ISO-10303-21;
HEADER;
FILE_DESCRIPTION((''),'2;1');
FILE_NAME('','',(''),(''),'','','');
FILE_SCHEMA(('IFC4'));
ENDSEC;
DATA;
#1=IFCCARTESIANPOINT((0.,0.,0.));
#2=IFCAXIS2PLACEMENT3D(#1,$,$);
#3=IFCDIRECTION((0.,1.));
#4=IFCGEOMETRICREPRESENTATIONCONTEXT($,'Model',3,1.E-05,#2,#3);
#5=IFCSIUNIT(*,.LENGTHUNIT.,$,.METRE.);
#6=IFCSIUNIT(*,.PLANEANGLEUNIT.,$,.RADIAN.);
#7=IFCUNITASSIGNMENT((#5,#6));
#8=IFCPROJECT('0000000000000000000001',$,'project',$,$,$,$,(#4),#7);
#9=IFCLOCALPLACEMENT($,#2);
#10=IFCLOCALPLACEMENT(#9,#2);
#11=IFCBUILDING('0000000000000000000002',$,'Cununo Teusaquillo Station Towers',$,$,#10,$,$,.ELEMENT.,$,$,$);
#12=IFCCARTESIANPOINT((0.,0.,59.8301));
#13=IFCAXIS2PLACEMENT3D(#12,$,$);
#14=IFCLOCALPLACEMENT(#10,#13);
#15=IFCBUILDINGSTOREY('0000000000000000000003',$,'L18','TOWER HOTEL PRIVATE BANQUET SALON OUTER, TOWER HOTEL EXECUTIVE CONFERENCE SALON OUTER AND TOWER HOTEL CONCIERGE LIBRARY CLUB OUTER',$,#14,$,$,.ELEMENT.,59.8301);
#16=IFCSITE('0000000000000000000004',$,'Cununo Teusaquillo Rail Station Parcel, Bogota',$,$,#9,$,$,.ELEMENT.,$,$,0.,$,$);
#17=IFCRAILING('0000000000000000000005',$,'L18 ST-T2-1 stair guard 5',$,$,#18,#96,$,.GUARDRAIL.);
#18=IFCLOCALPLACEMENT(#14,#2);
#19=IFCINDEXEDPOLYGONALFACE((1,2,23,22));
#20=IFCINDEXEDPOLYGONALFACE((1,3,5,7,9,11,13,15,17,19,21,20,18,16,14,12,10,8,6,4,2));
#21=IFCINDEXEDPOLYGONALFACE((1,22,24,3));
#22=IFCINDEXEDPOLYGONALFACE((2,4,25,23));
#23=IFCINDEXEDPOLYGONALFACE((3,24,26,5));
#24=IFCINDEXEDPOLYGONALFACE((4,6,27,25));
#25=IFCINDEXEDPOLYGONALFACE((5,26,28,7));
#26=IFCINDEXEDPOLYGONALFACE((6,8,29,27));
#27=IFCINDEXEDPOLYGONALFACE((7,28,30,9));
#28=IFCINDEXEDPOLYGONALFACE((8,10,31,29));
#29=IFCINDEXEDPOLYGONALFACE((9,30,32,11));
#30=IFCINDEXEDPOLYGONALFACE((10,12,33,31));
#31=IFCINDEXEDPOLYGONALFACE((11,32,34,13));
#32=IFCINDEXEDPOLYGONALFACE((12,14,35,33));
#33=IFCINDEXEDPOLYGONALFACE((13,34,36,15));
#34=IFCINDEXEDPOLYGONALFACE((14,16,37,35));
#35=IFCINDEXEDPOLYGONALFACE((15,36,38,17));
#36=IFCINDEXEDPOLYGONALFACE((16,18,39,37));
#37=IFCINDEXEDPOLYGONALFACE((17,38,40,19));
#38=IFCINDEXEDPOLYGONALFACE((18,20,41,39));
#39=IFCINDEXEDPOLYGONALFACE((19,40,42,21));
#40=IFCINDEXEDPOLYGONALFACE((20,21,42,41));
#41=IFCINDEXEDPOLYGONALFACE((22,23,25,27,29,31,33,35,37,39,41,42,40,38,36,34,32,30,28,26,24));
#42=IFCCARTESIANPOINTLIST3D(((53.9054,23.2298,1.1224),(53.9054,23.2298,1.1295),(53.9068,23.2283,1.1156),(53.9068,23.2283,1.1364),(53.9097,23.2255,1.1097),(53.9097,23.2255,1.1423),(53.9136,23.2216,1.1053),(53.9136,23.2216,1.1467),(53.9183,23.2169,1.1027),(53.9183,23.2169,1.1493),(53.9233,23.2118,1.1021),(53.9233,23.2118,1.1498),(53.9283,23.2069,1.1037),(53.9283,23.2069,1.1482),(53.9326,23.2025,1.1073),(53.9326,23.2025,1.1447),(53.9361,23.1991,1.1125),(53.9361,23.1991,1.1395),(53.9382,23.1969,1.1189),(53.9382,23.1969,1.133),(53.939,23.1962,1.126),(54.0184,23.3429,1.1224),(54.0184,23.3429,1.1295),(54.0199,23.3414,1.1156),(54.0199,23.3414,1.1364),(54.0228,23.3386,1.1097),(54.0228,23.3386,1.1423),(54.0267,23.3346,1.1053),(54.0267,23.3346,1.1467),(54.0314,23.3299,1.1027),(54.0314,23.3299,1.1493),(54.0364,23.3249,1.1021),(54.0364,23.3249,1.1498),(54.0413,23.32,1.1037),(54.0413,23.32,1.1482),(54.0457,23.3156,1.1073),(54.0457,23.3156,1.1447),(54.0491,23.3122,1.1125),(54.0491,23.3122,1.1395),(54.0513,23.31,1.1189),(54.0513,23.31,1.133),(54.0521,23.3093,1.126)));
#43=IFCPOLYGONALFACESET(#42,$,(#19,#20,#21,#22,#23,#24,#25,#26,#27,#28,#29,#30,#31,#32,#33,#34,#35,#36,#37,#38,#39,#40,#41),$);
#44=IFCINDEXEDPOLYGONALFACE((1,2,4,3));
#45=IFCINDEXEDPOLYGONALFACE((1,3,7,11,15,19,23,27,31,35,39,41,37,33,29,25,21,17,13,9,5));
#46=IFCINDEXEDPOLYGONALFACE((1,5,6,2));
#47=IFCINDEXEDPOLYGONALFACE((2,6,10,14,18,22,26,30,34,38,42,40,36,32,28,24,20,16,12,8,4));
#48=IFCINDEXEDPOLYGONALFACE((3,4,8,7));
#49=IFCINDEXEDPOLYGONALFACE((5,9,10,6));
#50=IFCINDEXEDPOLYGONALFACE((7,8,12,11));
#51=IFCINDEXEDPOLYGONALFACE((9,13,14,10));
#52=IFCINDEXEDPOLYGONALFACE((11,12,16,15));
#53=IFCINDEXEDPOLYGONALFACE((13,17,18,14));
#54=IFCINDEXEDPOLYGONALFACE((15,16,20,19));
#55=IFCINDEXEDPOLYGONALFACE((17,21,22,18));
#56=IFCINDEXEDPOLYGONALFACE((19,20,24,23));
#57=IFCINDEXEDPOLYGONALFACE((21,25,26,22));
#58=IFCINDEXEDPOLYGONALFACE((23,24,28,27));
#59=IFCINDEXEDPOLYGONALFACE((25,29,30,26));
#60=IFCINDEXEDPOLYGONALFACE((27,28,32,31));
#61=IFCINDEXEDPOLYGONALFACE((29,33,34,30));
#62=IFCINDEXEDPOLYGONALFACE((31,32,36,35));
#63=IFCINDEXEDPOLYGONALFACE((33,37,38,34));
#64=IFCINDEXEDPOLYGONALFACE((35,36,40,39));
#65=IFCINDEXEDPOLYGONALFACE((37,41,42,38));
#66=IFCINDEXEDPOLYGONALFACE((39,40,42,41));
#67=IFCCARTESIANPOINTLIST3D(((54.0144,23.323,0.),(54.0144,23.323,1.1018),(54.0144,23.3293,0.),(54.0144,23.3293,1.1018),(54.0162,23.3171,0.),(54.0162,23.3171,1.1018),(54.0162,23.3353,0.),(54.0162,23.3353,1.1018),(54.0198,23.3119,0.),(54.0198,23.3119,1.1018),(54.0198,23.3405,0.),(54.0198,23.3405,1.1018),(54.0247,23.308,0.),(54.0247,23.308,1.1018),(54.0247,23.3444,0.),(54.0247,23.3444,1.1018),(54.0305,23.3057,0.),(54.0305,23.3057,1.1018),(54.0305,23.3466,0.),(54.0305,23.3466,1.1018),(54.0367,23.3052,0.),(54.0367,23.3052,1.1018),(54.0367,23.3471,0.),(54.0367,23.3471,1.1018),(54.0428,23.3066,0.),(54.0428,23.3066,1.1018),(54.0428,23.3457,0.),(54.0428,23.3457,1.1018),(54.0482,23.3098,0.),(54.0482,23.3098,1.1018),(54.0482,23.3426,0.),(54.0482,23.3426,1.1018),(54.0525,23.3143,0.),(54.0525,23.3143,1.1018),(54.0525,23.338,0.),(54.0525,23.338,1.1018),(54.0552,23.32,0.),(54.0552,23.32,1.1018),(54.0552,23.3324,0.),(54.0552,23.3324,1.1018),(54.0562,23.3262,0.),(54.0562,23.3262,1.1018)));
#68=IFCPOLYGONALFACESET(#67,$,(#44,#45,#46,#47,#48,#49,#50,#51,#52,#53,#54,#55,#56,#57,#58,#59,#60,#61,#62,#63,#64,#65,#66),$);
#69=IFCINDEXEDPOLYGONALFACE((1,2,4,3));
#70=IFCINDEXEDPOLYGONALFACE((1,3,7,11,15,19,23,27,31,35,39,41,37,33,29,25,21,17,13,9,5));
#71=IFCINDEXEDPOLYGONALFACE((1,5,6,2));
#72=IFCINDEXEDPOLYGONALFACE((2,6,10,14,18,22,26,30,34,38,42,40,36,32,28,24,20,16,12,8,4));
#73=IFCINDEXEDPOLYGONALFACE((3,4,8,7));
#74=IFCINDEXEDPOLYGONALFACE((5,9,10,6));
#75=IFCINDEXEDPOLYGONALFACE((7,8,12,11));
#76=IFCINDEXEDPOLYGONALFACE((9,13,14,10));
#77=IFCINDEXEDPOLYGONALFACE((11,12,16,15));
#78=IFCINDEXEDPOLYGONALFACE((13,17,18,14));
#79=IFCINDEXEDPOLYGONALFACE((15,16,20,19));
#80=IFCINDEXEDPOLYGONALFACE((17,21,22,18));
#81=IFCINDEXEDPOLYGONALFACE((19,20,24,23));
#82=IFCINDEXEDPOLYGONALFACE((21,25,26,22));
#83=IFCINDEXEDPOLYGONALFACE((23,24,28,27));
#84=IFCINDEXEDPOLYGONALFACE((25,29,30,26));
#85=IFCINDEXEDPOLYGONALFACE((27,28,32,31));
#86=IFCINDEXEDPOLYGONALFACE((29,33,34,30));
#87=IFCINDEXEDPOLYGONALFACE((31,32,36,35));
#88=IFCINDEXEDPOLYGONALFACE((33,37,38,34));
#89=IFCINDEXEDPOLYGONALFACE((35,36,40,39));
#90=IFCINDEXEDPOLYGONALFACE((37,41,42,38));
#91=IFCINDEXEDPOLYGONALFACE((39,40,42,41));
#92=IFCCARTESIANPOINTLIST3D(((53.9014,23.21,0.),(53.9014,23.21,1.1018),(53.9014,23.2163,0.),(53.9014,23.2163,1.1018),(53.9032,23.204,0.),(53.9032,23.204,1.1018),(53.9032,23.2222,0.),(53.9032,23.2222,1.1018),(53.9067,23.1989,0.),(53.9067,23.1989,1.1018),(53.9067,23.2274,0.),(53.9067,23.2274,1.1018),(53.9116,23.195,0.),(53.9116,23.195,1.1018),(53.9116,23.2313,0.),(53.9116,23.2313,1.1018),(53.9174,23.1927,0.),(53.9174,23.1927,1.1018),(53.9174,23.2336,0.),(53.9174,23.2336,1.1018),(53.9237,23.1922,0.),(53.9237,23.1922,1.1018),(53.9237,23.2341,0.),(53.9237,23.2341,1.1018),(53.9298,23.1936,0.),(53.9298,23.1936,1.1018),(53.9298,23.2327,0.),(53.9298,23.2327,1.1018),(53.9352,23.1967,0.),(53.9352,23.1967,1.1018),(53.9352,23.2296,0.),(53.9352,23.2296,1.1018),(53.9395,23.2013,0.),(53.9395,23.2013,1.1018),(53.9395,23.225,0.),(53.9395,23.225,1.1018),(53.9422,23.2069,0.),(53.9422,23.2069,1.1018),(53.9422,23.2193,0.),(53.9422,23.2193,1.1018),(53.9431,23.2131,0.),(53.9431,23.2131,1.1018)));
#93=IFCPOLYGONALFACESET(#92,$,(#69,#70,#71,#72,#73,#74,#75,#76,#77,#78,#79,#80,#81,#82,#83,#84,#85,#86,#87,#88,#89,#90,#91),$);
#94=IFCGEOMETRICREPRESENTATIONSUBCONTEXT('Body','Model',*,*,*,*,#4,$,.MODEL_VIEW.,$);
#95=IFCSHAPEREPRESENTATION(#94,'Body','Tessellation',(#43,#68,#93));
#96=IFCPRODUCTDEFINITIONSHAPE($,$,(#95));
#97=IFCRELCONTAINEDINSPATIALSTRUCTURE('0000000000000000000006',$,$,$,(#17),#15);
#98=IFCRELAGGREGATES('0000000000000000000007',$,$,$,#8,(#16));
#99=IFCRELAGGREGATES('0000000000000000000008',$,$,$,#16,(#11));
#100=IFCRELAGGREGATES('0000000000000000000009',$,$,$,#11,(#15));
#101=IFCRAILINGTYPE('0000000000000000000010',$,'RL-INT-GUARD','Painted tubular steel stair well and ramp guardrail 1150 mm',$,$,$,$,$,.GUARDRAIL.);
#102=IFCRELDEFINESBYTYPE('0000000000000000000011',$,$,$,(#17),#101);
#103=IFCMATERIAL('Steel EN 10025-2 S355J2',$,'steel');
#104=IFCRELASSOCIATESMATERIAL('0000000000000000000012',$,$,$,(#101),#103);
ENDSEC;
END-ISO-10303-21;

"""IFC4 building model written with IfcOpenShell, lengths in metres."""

from ifc_helpers import new_model, si_unit, direction, frame, origin, origin_2d, place, context, subcontext, project, spatial, circle, extrude, material, type_object, element, save


model = new_model("IFC4")

# Units and contexts
model_context = context("Model", 3, precision=1e-05, world=origin(), true_north=direction((0.0, 1.0)))
body_context = subcontext(model_context, "Body", "Model", "MODEL_VIEW")
ifc_project = project(units=[si_unit("LENGTHUNIT", "METRE"), si_unit("PLANEANGLEUNIT", "RADIAN")], contexts=[model_context])

# Site, building, storey
site_placement = place(None, origin())
site = spatial("IfcSite", under=ifc_project, at=site_placement, Name="Cununo Teusaquillo Rail Station Parcel, Bogota", CompositionType="ELEMENT", RefElevation=0.0)
building_placement = place(site_placement, origin())
building = spatial("IfcBuilding", under=site, at=building_placement, Name="Cununo Teusaquillo Station Towers", CompositionType="ELEMENT")
storey_placement = place(building_placement, frame((0.0, 0.0, 59.8301)))
storey = spatial("IfcBuildingStorey", under=building, at=storey_placement, Name="L18", Description="TOWER HOTEL PRIVATE BANQUET SALON OUTER, TOWER HOTEL EXECUTIVE CONFERENCE SALON OUTER AND TOWER HOTEL CONCIERGE LIBRARY CLUB OUTER", CompositionType="ELEMENT", Elevation=59.8301)

# Railing
ifc_material_1 = material(Name="Steel EN 10025-2 S355J2", Category="steel")
railing_type_1 = type_object("IfcRailingType", Name="RL-INT-GUARD", Description="Painted tubular steel stair well and ramp guardrail 1150 mm", PredefinedType="GUARDRAIL", material=ifc_material_1)
railing_1_placement = place(storey_placement, frame((54.0352, 23.3262, 0.0)))
element("IfcRailing", 1, at=railing_1_placement, inside=storey, type_object=railing_type_1, Name="L18 ST-T2-1 stair guard 5", PredefinedType="GUARDRAIL", context=body_context, shape_type="SweptSolid", body=[
    extrude(circle(Radius=0.0239, at=origin_2d()), frame((0.0, 0.0, 1.126), z_axis=(-0.707107, -0.707107, 0.0), x_axis=(0.707107, -0.707107, 0.0)), (0.0, 0.0, 1.0), 0.1599),
    extrude(circle(Radius=0.021, at=origin_2d()), origin(), (0.0, 0.0, 1.0), 1.1018),
    extrude(circle(Radius=0.021, at=origin_2d()), frame((-0.113, -0.113, 0.0)), (0.0, 0.0, 1.0), 1.1018),
])

save(model, "model.ifc")
